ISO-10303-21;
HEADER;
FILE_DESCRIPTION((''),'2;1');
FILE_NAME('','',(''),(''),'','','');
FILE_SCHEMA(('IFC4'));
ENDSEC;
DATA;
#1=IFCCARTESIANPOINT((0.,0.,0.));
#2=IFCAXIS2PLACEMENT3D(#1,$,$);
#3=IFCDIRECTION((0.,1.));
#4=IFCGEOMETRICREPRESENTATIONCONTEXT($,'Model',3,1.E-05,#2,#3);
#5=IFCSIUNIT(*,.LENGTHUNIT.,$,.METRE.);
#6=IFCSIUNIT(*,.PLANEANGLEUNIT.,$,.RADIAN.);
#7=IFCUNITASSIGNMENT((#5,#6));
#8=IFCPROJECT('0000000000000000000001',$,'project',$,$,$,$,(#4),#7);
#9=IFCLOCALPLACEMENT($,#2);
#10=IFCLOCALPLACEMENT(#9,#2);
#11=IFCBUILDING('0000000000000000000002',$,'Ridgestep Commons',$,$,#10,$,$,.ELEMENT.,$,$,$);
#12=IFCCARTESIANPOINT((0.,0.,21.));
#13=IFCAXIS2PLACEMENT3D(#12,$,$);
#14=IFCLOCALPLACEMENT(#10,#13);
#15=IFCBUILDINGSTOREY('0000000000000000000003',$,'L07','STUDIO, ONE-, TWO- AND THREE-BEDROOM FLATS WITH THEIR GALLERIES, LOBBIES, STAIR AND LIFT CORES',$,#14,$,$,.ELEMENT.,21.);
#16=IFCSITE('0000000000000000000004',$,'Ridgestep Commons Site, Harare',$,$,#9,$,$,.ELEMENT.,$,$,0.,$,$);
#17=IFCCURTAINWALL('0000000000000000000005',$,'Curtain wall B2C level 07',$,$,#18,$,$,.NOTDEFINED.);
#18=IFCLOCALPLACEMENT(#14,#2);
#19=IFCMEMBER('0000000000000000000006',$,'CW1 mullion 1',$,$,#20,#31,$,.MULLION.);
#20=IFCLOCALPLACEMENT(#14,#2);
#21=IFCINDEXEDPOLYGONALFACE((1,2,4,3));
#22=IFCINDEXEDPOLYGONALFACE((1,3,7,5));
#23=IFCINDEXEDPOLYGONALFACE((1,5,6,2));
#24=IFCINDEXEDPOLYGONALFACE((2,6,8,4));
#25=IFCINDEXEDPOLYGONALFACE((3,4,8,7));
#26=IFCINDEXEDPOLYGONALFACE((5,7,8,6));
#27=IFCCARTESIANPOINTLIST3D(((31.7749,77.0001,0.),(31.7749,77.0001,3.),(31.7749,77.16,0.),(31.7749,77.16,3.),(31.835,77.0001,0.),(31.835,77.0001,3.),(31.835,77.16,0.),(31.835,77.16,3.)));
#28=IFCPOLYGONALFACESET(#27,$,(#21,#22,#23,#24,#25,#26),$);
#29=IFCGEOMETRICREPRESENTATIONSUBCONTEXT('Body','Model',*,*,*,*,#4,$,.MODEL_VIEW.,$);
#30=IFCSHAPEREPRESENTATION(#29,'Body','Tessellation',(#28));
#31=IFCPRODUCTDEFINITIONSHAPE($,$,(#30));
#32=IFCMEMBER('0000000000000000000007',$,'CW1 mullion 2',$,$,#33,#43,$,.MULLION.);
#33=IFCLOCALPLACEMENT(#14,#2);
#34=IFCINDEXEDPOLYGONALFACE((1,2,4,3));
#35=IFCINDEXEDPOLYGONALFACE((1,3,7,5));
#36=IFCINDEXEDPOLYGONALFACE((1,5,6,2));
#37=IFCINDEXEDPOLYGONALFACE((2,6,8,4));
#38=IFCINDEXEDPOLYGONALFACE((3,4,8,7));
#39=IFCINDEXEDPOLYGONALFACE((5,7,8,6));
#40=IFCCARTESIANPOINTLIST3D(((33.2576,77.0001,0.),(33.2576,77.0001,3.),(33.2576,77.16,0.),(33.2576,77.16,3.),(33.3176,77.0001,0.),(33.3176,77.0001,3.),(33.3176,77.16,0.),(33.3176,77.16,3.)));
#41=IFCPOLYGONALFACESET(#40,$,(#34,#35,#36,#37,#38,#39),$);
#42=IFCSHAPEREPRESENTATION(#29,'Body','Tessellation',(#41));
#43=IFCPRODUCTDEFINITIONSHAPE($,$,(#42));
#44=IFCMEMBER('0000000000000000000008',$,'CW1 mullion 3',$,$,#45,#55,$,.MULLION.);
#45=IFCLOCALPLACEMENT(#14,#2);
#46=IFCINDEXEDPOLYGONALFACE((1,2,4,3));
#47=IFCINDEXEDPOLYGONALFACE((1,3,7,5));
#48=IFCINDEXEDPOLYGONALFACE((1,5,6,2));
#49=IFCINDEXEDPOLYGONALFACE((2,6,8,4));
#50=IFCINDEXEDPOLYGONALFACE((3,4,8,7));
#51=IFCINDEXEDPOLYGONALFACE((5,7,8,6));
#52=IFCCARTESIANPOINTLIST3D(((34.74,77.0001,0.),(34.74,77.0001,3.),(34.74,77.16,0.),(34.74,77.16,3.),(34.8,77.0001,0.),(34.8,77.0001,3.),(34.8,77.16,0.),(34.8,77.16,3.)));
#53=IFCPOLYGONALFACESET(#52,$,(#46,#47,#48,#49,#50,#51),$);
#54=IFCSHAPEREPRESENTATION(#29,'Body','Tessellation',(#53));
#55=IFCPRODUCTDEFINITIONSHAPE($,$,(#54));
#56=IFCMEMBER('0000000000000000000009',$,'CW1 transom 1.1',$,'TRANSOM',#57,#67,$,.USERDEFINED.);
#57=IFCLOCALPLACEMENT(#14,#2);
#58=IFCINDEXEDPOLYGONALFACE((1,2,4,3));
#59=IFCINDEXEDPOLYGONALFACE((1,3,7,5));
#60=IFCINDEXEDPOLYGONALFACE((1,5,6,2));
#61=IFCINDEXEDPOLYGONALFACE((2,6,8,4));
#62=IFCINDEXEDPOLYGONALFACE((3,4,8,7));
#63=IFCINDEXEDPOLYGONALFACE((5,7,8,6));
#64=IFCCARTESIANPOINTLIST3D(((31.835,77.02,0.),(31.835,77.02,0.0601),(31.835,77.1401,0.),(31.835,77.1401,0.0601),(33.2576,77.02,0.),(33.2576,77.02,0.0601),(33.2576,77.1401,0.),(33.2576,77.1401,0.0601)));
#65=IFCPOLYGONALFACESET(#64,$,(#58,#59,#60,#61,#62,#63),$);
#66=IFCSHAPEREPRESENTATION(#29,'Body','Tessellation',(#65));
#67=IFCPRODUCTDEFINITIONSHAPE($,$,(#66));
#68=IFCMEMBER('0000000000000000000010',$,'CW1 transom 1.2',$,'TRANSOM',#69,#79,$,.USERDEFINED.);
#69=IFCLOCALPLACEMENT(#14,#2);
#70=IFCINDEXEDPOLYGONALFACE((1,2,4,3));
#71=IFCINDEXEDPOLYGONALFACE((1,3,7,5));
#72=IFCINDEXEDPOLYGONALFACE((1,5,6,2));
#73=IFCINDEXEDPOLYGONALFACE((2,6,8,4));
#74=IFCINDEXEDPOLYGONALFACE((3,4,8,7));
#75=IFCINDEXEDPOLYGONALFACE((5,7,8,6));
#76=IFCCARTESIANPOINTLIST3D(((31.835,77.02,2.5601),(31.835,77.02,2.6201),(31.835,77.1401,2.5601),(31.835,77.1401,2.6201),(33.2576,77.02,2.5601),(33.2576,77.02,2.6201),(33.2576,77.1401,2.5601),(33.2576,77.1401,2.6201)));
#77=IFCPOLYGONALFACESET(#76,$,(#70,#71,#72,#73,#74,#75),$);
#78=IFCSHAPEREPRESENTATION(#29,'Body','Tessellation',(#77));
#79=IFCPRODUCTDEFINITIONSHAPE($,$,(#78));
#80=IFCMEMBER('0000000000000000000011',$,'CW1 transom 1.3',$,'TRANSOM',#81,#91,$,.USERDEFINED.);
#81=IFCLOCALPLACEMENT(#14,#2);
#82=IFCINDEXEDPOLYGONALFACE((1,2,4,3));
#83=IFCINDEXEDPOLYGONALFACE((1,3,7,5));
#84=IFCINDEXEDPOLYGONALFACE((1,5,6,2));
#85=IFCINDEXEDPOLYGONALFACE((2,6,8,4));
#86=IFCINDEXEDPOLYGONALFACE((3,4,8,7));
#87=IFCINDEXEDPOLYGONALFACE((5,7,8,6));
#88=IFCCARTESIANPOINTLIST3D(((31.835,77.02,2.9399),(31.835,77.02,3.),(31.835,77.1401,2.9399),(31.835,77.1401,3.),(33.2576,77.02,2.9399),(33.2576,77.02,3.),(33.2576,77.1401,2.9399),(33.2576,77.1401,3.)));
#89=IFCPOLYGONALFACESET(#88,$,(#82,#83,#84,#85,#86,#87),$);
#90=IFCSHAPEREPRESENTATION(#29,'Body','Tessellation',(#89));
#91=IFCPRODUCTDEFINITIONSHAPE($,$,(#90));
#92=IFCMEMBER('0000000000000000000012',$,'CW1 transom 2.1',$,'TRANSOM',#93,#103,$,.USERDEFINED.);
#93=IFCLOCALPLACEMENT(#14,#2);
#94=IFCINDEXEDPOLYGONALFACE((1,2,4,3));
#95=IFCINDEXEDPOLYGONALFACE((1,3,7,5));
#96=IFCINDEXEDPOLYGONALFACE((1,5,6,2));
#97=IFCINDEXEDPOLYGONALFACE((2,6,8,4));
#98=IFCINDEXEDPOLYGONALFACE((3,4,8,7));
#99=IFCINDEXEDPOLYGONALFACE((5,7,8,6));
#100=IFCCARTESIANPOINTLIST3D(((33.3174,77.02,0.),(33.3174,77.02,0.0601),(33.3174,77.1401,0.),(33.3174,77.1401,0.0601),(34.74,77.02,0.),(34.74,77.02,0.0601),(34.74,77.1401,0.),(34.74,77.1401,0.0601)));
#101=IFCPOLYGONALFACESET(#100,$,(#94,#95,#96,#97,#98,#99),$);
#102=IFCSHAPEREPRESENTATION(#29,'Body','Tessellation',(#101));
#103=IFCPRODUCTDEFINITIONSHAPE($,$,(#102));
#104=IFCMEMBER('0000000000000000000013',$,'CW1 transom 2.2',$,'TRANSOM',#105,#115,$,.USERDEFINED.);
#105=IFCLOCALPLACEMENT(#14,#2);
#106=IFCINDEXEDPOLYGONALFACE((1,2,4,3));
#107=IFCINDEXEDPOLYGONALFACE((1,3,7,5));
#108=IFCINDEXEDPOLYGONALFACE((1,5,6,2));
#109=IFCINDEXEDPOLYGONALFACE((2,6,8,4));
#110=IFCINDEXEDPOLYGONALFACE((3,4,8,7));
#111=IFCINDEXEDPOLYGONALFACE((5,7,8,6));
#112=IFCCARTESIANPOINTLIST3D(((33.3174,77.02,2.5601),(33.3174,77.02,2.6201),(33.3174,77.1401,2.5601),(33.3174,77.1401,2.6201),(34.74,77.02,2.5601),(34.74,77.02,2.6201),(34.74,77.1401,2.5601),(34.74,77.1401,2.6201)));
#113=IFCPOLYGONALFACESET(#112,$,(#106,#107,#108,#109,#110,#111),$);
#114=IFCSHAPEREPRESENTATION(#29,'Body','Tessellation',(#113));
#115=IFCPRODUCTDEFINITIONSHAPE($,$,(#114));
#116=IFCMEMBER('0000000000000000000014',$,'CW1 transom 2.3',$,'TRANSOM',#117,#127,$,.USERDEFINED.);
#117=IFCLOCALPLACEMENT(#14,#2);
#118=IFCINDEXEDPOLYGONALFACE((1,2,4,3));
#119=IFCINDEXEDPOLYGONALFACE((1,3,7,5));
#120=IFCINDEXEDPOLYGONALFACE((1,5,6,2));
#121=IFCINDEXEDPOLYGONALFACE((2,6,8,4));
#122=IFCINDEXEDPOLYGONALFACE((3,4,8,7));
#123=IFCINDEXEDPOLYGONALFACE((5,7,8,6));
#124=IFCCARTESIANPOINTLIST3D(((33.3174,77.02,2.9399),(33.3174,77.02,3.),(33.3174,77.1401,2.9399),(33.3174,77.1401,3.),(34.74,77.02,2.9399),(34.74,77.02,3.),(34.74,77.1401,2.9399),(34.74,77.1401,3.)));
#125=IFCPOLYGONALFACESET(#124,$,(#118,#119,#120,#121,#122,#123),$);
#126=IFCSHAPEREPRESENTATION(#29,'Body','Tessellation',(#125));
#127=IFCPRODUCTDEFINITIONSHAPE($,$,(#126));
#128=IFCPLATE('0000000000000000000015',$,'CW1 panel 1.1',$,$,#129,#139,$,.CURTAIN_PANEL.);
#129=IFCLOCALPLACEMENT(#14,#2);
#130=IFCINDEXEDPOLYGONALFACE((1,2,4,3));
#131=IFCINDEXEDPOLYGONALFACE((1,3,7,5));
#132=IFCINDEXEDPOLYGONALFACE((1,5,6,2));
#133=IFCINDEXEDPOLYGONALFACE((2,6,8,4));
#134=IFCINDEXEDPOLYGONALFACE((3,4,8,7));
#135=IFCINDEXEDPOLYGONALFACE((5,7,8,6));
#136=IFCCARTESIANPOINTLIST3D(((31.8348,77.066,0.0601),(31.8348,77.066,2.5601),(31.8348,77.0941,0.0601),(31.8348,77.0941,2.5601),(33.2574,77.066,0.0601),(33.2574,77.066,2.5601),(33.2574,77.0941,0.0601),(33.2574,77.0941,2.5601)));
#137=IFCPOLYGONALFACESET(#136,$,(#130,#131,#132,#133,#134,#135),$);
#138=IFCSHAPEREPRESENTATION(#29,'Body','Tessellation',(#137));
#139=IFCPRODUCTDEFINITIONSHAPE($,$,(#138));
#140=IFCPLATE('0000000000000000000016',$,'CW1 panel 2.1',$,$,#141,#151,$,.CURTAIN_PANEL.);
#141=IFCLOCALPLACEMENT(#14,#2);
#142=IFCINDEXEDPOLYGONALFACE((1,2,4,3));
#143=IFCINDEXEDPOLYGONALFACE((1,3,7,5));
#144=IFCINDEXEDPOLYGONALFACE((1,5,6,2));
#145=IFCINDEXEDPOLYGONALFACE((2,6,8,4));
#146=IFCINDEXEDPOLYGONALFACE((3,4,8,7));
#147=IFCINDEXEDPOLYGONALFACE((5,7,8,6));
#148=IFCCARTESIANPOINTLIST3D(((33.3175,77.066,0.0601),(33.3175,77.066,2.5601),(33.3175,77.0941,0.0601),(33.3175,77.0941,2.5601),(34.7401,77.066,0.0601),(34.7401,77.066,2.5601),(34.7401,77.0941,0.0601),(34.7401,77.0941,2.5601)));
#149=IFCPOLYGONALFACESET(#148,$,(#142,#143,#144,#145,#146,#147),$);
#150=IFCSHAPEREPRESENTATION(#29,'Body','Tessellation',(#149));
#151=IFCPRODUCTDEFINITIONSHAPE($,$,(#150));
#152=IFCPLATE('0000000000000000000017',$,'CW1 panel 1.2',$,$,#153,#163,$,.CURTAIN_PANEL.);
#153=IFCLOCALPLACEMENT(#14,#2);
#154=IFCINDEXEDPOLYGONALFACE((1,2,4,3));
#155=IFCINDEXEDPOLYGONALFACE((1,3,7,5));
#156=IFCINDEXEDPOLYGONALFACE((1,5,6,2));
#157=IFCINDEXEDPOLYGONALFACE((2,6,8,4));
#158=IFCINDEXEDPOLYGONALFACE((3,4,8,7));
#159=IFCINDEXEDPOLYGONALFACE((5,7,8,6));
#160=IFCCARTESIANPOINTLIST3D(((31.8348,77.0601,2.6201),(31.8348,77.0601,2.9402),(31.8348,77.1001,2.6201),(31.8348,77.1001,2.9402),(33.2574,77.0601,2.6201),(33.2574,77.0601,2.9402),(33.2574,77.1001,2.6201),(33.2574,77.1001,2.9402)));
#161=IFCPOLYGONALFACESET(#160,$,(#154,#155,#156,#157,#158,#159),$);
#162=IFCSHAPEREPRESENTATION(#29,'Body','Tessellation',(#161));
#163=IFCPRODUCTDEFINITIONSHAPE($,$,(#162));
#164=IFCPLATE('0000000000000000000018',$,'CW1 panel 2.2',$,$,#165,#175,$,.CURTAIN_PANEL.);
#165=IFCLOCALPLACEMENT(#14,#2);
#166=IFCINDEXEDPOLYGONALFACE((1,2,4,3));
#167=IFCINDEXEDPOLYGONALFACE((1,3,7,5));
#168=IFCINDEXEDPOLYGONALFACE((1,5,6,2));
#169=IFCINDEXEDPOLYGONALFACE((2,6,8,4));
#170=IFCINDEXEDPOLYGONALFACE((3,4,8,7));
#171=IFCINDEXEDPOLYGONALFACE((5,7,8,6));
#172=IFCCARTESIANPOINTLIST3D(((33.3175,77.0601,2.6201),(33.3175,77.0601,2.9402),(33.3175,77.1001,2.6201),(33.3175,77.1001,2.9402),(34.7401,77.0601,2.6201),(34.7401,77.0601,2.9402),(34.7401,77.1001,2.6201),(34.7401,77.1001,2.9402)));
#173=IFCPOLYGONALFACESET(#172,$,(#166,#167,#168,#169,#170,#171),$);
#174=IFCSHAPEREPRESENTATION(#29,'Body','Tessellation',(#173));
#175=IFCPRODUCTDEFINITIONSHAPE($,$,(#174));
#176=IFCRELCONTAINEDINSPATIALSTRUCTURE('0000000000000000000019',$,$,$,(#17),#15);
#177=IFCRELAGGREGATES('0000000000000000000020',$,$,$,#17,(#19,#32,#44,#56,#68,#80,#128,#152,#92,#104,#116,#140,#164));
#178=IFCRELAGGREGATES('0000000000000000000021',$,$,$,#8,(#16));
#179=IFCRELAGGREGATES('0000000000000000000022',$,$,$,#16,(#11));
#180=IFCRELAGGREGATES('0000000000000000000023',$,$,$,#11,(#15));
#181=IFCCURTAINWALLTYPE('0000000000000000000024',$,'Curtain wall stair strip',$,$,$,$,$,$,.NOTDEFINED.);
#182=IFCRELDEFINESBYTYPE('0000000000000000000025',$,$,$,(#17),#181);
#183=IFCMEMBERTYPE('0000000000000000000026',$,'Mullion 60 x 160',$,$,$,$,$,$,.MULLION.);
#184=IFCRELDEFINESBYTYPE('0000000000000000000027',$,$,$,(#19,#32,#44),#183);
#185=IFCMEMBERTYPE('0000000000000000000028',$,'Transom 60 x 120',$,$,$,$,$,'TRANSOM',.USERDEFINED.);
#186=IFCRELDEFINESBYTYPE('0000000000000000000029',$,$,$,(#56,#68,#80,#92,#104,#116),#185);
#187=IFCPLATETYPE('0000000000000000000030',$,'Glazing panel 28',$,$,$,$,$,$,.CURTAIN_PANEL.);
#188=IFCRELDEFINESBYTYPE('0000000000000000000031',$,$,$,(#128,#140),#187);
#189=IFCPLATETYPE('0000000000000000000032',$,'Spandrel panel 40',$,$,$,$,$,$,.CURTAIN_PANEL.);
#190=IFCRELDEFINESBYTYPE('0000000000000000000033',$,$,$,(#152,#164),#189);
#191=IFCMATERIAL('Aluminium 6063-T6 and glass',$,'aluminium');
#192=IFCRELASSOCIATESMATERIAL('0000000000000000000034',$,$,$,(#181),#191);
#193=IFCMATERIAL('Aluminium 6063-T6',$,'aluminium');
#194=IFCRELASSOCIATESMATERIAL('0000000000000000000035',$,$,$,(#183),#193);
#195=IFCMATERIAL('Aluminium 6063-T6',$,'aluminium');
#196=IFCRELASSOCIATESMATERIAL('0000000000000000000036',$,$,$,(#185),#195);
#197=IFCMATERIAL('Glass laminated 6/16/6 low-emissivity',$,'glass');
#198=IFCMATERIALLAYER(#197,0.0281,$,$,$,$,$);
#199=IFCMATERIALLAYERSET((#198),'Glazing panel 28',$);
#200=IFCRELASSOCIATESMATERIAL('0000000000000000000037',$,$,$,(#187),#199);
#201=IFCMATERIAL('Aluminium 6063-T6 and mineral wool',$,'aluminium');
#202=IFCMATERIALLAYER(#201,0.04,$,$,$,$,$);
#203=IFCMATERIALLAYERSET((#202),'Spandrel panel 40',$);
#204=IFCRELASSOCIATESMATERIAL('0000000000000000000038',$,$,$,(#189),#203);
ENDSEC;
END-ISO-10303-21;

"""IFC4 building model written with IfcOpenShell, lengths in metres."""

from ifc_helpers import new_model, si_unit, direction, frame, origin, origin_2d, place, context, subcontext, project, spatial, rectangle, extrude, material, layer, layer_set, material_profile, profile_set, type_object, element, aggregate, save


model = new_model("IFC4")

# Units and contexts
model_context = context("Model", 3, precision=1e-05, world=origin(), true_north=direction((0.0, 1.0)))
body_context = subcontext(model_context, "Body", "Model", "MODEL_VIEW")
ifc_project = project(units=[si_unit("LENGTHUNIT", "METRE"), si_unit("PLANEANGLEUNIT", "RADIAN")], contexts=[model_context])

# Site, building, storey
site_placement = place(None, origin())
site = spatial("IfcSite", under=ifc_project, at=site_placement, Name="Ridgestep Commons Site, Harare", CompositionType="ELEMENT", RefElevation=0.0)
building_placement = place(site_placement, origin())
building = spatial("IfcBuilding", under=site, at=building_placement, Name="Ridgestep Commons", CompositionType="ELEMENT")
storey_placement = place(building_placement, frame((0.0, 0.0, 21.0)))
storey = spatial("IfcBuildingStorey", under=building, at=storey_placement, Name="L07", Description="STUDIO, ONE-, TWO- AND THREE-BEDROOM FLATS WITH THEIR GALLERIES, LOBBIES, STAIR AND LIFT CORES", CompositionType="ELEMENT", Elevation=21.0)

# Curtain wall, members, plates
ifc_material_1 = material(Name="Aluminium 6063-T6 and glass", Category="aluminium")
curtain_wall_type = type_object("IfcCurtainWallType", Name="Curtain wall stair strip", PredefinedType="NOTDEFINED", material=ifc_material_1)
curtain_wall_placement = place(storey_placement, origin())
curtain_wall = element("IfcCurtainWall", 1, at=curtain_wall_placement, inside=storey, type_object=curtain_wall_type, Name="Curtain wall B2C level 07", PredefinedType="NOTDEFINED")
ifc_material_2 = material(Name="Aluminium 6063-T6", Category="aluminium")
ifc_material_profile_1 = material_profile(ifc_material_2, rectangle(XDim=0.1599, YDim=0.0601, at=origin_2d()), Name="Mullion 60 x 160")
ifc_profile_set_1 = profile_set([ifc_material_profile_1], Name="Aluminium 6063-T6")
member_type_1 = type_object("IfcMemberType", Name="Mullion 60 x 160", PredefinedType="MULLION", material=ifc_profile_set_1)
member_1_placement = place(storey_placement, frame((31.8049, 77.0801, 0.0), z_axis=(0.0, 0.0, 1.0), x_axis=(0.0, 1.0, 0.0)))
member_1 = element("IfcMember", 2, at=member_1_placement, type_object=member_type_1, Name="CW1 mullion 1", PredefinedType="MULLION", context=body_context, shape_type="SweptSolid", body=[
    extrude(rectangle(XDim=0.1599, YDim=0.0601, at=origin_2d()), origin(), (0.0, 0.0, 1.0), 3.0),
])
member_2_placement = place(storey_placement, frame((33.2876, 77.0801, 0.0), z_axis=(0.0, 0.0, 1.0), x_axis=(0.0, 1.0, 0.0)))
member_2 = element("IfcMember", 3, at=member_2_placement, type_object=member_type_1, Name="CW1 mullion 2", PredefinedType="MULLION", context=body_context, shape_type="SweptSolid", body=[
    extrude(rectangle(XDim=0.1599, YDim=0.0601, at=origin_2d()), origin(), (0.0, 0.0, 1.0), 3.0),
])
member_3_placement = place(storey_placement, frame((34.77, 77.0801, 0.0), z_axis=(0.0, 0.0, 1.0), x_axis=(0.0, 1.0, 0.0)))
member_3 = element("IfcMember", 4, at=member_3_placement, type_object=member_type_1, Name="CW1 mullion 3", PredefinedType="MULLION", context=body_context, shape_type="SweptSolid", body=[
    extrude(rectangle(XDim=0.1599, YDim=0.0601, at=origin_2d()), origin(), (0.0, 0.0, 1.0), 3.0),
])
ifc_material_3 = material(Name="Aluminium 6063-T6", Category="aluminium")
ifc_material_profile_2 = material_profile(ifc_material_3, rectangle(XDim=0.1201, YDim=0.0601, at=origin_2d()), Name="Transom 60 x 120")
ifc_profile_set_2 = profile_set([ifc_material_profile_2], Name="Aluminium 6063-T6")
member_type_2 = type_object("IfcMemberType", Name="Transom 60 x 120", ElementType="TRANSOM", PredefinedType="USERDEFINED", material=ifc_profile_set_2)
member_4_placement = place(storey_placement, frame((31.835, 77.0801, 0.03), z_axis=(1.0, 0.0, 0.0), x_axis=(0.0, 1.0, 0.0)))
member_4 = element("IfcMember", 5, at=member_4_placement, type_object=member_type_2, Name="CW1 transom 1.1", ObjectType="TRANSOM", PredefinedType="USERDEFINED", context=body_context, shape_type="SweptSolid", body=[
    extrude(rectangle(XDim=0.1201, YDim=0.0601, at=origin_2d()), origin(), (0.0, 0.0, 1.0), 1.4226),
])
member_5_placement = place(storey_placement, frame((31.835, 77.0801, 2.5901), z_axis=(1.0, 0.0, 0.0), x_axis=(0.0, 1.0, 0.0)))
member_5 = element("IfcMember", 6, at=member_5_placement, type_object=member_type_2, Name="CW1 transom 1.2", ObjectType="TRANSOM", PredefinedType="USERDEFINED", context=body_context, shape_type="SweptSolid", body=[
    extrude(rectangle(XDim=0.1201, YDim=0.0601, at=origin_2d()), origin(), (0.0, 0.0, 1.0), 1.4226),
])
member_6_placement = place(storey_placement, frame((31.835, 77.0801, 2.97), z_axis=(1.0, 0.0, 0.0), x_axis=(0.0, 1.0, 0.0)))
member_6 = element("IfcMember", 7, at=member_6_placement, type_object=member_type_2, Name="CW1 transom 1.3", ObjectType="TRANSOM", PredefinedType="USERDEFINED", context=body_context, shape_type="SweptSolid", body=[
    extrude(rectangle(XDim=0.1201, YDim=0.0601, at=origin_2d()), origin(), (0.0, 0.0, 1.0), 1.4226),
])
member_7_placement = place(storey_placement, frame((33.3174, 77.0801, 0.03), z_axis=(1.0, 0.0, 0.0), x_axis=(0.0, 1.0, 0.0)))
member_7 = element("IfcMember", 8, at=member_7_placement, type_object=member_type_2, Name="CW1 transom 2.1", ObjectType="TRANSOM", PredefinedType="USERDEFINED", context=body_context, shape_type="SweptSolid", body=[
    extrude(rectangle(XDim=0.1201, YDim=0.0601, at=origin_2d()), origin(), (0.0, 0.0, 1.0), 1.4226),
])
member_8_placement = place(storey_placement, frame((33.3174, 77.0801, 2.5901), z_axis=(1.0, 0.0, 0.0), x_axis=(0.0, 1.0, 0.0)))
member_8 = element("IfcMember", 9, at=member_8_placement, type_object=member_type_2, Name="CW1 transom 2.2", ObjectType="TRANSOM", PredefinedType="USERDEFINED", context=body_context, shape_type="SweptSolid", body=[
    extrude(rectangle(XDim=0.1201, YDim=0.0601, at=origin_2d()), origin(), (0.0, 0.0, 1.0), 1.4226),
])
member_9_placement = place(storey_placement, frame((33.3174, 77.0801, 2.97), z_axis=(1.0, 0.0, 0.0), x_axis=(0.0, 1.0, 0.0)))
member_9 = element("IfcMember", 10, at=member_9_placement, type_object=member_type_2, Name="CW1 transom 2.3", ObjectType="TRANSOM", PredefinedType="USERDEFINED", context=body_context, shape_type="SweptSolid", body=[
    extrude(rectangle(XDim=0.1201, YDim=0.0601, at=origin_2d()), origin(), (0.0, 0.0, 1.0), 1.4226),
])
ifc_material_4 = material(Name="Glass laminated 6/16/6 low-emissivity", Category="glass")
ifc_layer_1 = layer(ifc_material_4, 0.0281)
ifc_layer_set_1 = layer_set([ifc_layer_1], Name="Glazing panel 28")
plate_type_1 = type_object("IfcPlateType", Name="Glazing panel 28", PredefinedType="CURTAIN_PANEL", material=ifc_layer_set_1)
plate_1_placement = place(storey_placement, frame((32.5461, 77.0801, 0.0601), z_axis=(0.0, 0.0, 1.0), x_axis=(1.0, 0.0, 0.0)))
plate_1 = element("IfcPlate", 11, at=plate_1_placement, type_object=plate_type_1, Name="CW1 panel 1.1", PredefinedType="CURTAIN_PANEL", context=body_context, shape_type="SweptSolid", body=[
    extrude(rectangle(XDim=1.4226, YDim=0.0281, at=origin_2d()), origin(), (0.0, 0.0, 1.0), 2.5),
])
plate_2_placement = place(storey_placement, frame((34.0288, 77.0801, 0.0601), z_axis=(0.0, 0.0, 1.0), x_axis=(1.0, 0.0, 0.0)))
plate_2 = element("IfcPlate", 12, at=plate_2_placement, type_object=plate_type_1, Name="CW1 panel 2.1", PredefinedType="CURTAIN_PANEL", context=body_context, shape_type="SweptSolid", body=[
    extrude(rectangle(XDim=1.4226, YDim=0.0281, at=origin_2d()), origin(), (0.0, 0.0, 1.0), 2.5),
])
ifc_material_5 = material(Name="Aluminium 6063-T6 and mineral wool", Category="aluminium")
ifc_layer_2 = layer(ifc_material_5, 0.04)
ifc_layer_set_2 = layer_set([ifc_layer_2], Name="Spandrel panel 40")
plate_type_2 = type_object("IfcPlateType", Name="Spandrel panel 40", PredefinedType="CURTAIN_PANEL", material=ifc_layer_set_2)
plate_3_placement = place(storey_placement, frame((32.5461, 77.0801, 2.6201), z_axis=(0.0, 0.0, 1.0), x_axis=(1.0, 0.0, 0.0)))
plate_3 = element("IfcPlate", 13, at=plate_3_placement, type_object=plate_type_2, Name="CW1 panel 1.2", PredefinedType="CURTAIN_PANEL", context=body_context, shape_type="SweptSolid", body=[
    extrude(rectangle(XDim=1.4226, YDim=0.04, at=origin_2d()), origin(), (0.0, 0.0, 1.0), 0.3201),
])
plate_4_placement = place(storey_placement, frame((34.0288, 77.0801, 2.6201), z_axis=(0.0, 0.0, 1.0), x_axis=(1.0, 0.0, 0.0)))
plate_4 = element("IfcPlate", 14, at=plate_4_placement, type_object=plate_type_2, Name="CW1 panel 2.2", PredefinedType="CURTAIN_PANEL", context=body_context, shape_type="SweptSolid", body=[
    extrude(rectangle(XDim=1.4226, YDim=0.04, at=origin_2d()), origin(), (0.0, 0.0, 1.0), 0.3201),
])
aggregate(curtain_wall, [member_1, member_2, member_3, member_4, member_5, member_6, plate_1, plate_3, member_7, member_8, member_9, plate_2, plate_4])

save(model, "model.ifc")
